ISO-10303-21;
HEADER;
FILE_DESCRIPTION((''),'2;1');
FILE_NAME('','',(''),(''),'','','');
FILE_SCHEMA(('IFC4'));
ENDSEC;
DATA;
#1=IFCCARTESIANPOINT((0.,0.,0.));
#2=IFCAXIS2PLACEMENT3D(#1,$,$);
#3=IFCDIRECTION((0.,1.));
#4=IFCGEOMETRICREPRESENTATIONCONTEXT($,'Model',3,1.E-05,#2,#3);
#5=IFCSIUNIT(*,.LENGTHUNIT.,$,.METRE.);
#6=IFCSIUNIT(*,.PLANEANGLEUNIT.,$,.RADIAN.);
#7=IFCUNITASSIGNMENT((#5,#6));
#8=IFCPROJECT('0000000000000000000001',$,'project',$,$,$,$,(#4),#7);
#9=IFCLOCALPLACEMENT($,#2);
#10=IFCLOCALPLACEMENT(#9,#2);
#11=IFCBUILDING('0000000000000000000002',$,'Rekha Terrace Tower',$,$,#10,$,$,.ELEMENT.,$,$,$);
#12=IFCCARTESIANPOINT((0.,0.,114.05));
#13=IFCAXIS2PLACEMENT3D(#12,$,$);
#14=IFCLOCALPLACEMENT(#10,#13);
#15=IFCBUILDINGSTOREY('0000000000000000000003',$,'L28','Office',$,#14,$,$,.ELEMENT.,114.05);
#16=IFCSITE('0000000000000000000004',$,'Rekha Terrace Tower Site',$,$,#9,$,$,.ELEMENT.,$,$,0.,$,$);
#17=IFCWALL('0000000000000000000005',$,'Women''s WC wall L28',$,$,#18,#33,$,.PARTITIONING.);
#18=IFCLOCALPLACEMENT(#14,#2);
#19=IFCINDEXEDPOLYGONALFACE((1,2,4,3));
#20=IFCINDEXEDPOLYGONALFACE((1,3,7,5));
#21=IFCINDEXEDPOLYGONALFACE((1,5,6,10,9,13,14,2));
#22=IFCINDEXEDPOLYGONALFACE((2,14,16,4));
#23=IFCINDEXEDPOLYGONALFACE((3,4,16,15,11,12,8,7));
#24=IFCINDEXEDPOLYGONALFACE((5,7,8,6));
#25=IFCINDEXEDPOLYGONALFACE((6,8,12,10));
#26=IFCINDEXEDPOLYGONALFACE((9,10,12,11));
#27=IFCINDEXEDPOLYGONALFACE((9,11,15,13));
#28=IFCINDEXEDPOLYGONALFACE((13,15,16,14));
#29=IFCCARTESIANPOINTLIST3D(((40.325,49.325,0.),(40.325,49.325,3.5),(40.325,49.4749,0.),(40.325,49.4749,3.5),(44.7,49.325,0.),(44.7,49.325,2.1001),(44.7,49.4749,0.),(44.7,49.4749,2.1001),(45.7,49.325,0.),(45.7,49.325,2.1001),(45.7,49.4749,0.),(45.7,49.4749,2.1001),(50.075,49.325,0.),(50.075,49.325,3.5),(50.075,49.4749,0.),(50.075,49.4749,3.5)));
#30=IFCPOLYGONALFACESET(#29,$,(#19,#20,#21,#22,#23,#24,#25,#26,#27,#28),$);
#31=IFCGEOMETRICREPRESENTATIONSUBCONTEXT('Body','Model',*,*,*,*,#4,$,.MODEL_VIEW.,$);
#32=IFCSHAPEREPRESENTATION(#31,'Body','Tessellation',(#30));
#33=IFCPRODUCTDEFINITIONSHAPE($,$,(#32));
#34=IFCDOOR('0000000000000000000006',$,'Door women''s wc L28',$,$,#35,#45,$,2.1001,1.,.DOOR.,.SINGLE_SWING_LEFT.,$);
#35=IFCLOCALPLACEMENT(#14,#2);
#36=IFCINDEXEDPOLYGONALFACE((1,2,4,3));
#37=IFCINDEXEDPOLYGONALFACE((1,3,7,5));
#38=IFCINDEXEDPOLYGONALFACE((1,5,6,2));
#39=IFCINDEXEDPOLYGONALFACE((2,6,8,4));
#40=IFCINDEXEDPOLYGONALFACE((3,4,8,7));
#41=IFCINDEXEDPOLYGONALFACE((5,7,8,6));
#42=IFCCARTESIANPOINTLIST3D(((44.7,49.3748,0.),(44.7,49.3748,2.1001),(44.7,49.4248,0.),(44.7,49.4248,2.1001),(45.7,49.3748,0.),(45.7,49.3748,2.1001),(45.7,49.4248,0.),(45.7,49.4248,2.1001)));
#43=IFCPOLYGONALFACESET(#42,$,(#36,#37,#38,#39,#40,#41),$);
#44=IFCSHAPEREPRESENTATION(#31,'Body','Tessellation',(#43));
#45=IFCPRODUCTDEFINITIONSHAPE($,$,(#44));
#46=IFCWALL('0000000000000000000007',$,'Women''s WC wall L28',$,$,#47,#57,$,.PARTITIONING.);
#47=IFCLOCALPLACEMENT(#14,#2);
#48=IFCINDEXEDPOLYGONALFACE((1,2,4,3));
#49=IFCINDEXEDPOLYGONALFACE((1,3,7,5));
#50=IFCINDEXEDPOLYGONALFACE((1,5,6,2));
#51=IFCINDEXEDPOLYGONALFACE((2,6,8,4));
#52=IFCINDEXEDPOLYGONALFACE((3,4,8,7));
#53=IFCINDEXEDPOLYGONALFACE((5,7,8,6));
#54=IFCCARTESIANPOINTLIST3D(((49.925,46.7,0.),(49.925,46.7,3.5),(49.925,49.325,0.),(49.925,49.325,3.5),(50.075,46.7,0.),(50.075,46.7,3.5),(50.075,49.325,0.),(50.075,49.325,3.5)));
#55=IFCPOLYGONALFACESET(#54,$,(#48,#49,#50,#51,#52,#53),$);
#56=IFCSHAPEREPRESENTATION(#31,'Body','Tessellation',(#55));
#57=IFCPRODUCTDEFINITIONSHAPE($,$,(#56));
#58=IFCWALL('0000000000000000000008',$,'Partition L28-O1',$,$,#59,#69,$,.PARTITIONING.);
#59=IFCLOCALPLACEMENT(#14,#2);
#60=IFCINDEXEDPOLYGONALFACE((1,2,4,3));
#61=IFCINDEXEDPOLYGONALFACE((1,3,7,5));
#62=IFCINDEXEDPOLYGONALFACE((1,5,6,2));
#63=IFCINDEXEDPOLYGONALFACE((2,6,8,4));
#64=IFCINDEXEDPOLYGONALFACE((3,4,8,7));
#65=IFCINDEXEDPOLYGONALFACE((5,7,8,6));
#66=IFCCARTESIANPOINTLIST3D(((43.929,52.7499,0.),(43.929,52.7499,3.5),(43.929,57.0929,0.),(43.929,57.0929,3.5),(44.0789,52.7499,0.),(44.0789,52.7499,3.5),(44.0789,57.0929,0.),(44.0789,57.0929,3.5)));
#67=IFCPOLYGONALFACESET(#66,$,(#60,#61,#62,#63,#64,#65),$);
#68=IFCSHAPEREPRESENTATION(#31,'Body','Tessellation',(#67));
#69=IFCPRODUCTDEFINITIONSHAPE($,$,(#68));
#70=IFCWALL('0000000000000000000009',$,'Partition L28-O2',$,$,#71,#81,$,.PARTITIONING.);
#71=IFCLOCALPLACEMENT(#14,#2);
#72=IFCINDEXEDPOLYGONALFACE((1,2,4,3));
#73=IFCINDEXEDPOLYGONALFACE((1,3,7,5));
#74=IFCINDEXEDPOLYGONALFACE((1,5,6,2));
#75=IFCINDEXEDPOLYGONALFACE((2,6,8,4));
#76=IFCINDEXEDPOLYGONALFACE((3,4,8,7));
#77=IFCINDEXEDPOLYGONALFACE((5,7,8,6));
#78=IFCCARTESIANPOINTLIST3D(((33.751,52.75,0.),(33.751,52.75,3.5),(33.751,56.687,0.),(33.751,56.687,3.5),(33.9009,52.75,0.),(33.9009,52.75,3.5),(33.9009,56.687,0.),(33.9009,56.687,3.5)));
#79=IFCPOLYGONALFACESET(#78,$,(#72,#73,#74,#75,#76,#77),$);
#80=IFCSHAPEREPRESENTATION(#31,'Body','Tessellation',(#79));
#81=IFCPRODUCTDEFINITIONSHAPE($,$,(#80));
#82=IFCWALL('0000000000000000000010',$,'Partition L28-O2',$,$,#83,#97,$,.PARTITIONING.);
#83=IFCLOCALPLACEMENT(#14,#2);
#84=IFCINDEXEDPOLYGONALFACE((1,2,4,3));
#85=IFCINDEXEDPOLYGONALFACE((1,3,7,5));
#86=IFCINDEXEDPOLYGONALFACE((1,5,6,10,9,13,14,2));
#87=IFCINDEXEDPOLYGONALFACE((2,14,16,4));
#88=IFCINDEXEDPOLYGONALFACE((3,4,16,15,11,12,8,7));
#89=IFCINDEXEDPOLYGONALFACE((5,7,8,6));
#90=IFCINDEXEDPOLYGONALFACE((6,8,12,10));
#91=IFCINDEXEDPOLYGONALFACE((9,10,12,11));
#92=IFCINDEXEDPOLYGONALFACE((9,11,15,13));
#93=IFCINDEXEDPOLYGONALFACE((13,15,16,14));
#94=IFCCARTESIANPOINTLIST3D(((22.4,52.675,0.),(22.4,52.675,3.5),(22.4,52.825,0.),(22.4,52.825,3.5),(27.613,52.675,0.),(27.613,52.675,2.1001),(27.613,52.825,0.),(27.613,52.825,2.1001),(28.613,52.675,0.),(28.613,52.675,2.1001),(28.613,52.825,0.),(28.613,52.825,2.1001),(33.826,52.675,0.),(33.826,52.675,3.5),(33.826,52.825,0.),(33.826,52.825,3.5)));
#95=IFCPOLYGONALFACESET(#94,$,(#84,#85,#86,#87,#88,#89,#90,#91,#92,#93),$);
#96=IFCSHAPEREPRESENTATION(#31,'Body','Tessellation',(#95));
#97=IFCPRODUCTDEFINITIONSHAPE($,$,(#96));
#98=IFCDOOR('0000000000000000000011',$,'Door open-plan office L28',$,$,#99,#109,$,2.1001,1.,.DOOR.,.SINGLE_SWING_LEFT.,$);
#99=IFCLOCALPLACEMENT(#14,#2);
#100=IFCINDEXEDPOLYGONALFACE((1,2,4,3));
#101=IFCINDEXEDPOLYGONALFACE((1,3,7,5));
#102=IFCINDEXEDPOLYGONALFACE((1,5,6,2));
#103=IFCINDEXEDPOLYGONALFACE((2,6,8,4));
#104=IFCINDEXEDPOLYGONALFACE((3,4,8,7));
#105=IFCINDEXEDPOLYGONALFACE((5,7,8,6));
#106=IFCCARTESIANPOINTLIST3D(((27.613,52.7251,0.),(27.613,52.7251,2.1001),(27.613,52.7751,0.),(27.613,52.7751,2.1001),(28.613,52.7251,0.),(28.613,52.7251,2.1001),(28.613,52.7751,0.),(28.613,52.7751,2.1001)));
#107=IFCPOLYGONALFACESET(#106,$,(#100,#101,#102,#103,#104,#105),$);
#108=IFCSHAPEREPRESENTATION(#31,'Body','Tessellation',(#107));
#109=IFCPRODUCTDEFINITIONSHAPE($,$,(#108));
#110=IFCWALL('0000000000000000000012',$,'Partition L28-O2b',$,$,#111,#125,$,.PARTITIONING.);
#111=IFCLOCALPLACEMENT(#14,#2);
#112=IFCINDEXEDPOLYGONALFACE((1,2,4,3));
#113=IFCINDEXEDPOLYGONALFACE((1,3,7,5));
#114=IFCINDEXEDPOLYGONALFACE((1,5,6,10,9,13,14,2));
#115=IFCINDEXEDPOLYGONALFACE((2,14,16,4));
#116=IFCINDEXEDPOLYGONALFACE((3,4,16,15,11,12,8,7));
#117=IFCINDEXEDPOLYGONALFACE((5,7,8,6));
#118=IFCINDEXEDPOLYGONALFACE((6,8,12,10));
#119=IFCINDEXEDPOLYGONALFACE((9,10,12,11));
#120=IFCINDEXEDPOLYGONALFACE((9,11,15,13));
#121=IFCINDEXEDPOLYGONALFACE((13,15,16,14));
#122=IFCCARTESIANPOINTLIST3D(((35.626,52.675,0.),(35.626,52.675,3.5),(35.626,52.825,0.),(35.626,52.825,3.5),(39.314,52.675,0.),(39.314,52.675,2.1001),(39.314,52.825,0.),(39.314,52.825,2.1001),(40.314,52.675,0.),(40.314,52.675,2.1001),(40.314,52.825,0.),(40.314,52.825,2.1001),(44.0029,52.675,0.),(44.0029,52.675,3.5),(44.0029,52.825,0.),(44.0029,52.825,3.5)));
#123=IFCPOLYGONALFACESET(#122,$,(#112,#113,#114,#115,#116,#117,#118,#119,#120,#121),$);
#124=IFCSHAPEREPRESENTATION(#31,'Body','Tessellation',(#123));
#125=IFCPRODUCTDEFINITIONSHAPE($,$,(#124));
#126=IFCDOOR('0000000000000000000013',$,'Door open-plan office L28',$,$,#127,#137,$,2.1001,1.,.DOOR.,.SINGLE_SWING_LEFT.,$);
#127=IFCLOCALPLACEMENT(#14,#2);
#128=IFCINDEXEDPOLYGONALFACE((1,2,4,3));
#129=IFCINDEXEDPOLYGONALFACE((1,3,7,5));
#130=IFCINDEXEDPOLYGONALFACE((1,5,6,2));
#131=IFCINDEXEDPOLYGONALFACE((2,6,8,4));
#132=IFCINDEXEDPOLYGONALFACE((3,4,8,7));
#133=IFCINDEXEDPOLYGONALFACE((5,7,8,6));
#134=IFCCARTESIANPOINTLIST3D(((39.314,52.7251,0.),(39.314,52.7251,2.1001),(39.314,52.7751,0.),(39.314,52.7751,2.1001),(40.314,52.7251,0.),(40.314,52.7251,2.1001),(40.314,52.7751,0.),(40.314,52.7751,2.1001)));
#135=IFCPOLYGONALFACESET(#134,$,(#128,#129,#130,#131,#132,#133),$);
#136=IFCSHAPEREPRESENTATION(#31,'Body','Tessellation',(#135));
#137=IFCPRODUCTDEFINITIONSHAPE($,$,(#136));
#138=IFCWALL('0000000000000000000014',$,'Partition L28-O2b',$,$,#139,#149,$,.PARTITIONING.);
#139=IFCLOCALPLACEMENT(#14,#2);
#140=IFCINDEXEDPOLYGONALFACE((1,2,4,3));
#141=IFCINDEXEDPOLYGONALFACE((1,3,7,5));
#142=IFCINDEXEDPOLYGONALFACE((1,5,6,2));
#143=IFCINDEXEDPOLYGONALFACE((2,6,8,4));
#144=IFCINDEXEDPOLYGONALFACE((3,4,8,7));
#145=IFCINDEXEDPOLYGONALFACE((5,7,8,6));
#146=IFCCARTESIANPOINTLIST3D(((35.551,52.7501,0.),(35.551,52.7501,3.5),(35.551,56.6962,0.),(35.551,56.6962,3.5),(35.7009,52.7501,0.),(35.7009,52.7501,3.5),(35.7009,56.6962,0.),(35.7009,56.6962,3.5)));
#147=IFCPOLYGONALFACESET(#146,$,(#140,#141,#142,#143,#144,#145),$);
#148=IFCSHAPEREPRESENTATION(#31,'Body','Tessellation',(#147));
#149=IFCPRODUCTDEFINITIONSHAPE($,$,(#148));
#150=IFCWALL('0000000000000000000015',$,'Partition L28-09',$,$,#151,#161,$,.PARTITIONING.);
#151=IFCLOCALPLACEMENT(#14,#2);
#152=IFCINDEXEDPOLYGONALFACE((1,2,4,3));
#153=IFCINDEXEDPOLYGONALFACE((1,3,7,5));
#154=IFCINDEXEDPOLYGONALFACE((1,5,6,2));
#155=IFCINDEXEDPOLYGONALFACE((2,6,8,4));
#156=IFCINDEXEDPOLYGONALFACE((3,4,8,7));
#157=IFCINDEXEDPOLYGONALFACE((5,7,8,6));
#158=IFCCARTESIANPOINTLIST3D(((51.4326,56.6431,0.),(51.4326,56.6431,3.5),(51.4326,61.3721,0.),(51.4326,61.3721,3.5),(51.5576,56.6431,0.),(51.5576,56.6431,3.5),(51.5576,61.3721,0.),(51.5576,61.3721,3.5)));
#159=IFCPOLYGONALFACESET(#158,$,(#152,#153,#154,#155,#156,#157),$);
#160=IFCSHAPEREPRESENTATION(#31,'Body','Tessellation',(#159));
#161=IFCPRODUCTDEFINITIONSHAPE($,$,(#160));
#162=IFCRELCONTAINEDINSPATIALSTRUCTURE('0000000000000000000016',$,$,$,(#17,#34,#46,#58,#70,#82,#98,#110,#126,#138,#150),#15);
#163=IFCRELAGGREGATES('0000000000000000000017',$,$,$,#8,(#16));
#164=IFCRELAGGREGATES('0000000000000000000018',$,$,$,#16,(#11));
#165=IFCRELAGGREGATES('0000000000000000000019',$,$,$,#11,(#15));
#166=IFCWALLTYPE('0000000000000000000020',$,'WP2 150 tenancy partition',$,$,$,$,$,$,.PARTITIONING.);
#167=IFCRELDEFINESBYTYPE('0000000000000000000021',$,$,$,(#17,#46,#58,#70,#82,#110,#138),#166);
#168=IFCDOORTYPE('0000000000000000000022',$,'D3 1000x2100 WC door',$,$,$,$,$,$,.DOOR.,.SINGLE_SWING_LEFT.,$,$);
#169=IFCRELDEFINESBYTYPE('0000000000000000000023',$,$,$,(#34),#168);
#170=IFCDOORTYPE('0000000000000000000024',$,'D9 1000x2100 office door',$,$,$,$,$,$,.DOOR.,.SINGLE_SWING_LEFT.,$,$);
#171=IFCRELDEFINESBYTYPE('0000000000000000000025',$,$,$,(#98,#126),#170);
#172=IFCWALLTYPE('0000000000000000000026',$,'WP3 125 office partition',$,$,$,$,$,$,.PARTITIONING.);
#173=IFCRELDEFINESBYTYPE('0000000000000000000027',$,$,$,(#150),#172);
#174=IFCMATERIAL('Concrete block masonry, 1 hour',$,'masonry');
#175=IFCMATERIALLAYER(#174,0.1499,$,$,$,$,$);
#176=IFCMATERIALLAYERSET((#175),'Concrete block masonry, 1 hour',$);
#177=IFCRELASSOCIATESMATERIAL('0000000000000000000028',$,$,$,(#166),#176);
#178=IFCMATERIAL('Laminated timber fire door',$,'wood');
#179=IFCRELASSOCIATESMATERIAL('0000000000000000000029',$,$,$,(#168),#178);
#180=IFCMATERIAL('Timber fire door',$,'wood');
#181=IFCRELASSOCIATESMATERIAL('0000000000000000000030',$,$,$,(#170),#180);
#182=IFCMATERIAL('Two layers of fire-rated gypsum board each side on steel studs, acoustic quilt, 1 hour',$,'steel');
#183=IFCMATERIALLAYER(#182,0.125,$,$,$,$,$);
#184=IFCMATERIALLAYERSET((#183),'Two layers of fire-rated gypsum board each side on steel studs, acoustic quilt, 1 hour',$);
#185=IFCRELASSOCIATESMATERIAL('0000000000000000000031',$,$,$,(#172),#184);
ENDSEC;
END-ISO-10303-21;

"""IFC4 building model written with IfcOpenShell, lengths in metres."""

from ifc_helpers import new_model, si_unit, direction, frame, frame_2d, origin, place, context, subcontext, project, spatial, rectangle, extrude, material, layer, layer_set, type_object, element, fill, save


model = new_model("IFC4")

# Units and contexts
model_context = context("Model", 3, precision=1e-05, world=origin(), true_north=direction((0.0, 1.0)))
body_context = subcontext(model_context, "Body", "Model", "MODEL_VIEW")
ifc_project = project(units=[si_unit("LENGTHUNIT", "METRE"), si_unit("PLANEANGLEUNIT", "RADIAN")], contexts=[model_context])

# Site, building, storey
site_placement = place(None, origin())
site = spatial("IfcSite", under=ifc_project, at=site_placement, Name="Rekha Terrace Tower Site", CompositionType="ELEMENT", RefElevation=0.0)
building_placement = place(site_placement, origin())
building = spatial("IfcBuilding", under=site, at=building_placement, Name="Rekha Terrace Tower", CompositionType="ELEMENT")
storey_placement = place(building_placement, frame((0.0, 0.0, 114.05)))
storey = spatial("IfcBuildingStorey", under=building, at=storey_placement, Name="L28", Description="Office", CompositionType="ELEMENT", Elevation=114.05)

# Wall, opening, door
ifc_material_1 = material(Name="Concrete block masonry, 1 hour", Category="masonry")
ifc_layer_1 = layer(ifc_material_1, 0.1499)
ifc_layer_set_1 = layer_set([ifc_layer_1], Name="Concrete block masonry, 1 hour")
wall_type_1 = type_object("IfcWallType", Name="WP2 150 tenancy partition", PredefinedType="PARTITIONING", material=ifc_layer_set_1)
wall_1_placement = place(storey_placement, frame((40.325, 49.3999, 0.0), z_axis=(0.0, 0.0, 1.0), x_axis=(1.0, 0.0, 0.0)))
wall_1 = element("IfcWall", 1, at=wall_1_placement, inside=storey, type_object=wall_type_1, Name="Women's WC wall L28", PredefinedType="PARTITIONING", context=body_context, shape_type="SweptSolid", body=[
    extrude(rectangle(XDim=9.75, YDim=0.1499, at=frame_2d((4.875, 0.0))), origin(), (0.0, 0.0, 1.0), 3.5),
])
opening_1_placement = place(wall_1_placement, frame((4.375, 0.0, 0.0)))
opening_1 = element("IfcOpeningElement", 2, at=opening_1_placement, cuts=wall_1, PredefinedType="OPENING", context=body_context, shape_type="SweptSolid", body=[
    extrude(rectangle(XDim=1.0, YDim=2.1001, at=frame_2d((0.5, 1.05))), frame((0.0, 0.085, 0.0), z_axis=(0.0, -1.0, 0.0), x_axis=(1.0, 0.0, 0.0)), (0.0, 0.0, 1.0), 0.1699),
])
ifc_material_2 = material(Name="Laminated timber fire door", Category="wood")
door_type_1 = type_object("IfcDoorType", Name="D3 1000x2100 WC door", OperationType="SINGLE_SWING_LEFT", PredefinedType="DOOR", material=ifc_material_2)
door_1_placement = place(opening_1_placement, origin())
door_1 = element("IfcDoor", 3, at=door_1_placement, inside=storey, type_object=door_type_1, Name="Door women's wc L28", OperationType="SINGLE_SWING_LEFT", OverallHeight=2.1001, OverallWidth=1.0, PredefinedType="DOOR", context=body_context, shape_type="SweptSolid", body=[
    extrude(rectangle(XDim=1.0, YDim=2.1001, at=frame_2d((0.5, 1.05))), frame((0.0, 0.0249, 0.0), z_axis=(0.0, -1.0, 0.0), x_axis=(1.0, 0.0, 0.0)), (0.0, 0.0, 1.0), 0.05),
])
fill(opening_1, door_1)

# Walls
wall_2_placement = place(storey_placement, frame((50.0, 46.7, 0.0), z_axis=(0.0, 0.0, 1.0), x_axis=(0.0, 1.0, 0.0)))
element("IfcWall", 4, at=wall_2_placement, inside=storey, type_object=wall_type_1, Name="Women's WC wall L28", PredefinedType="PARTITIONING", context=body_context, shape_type="SweptSolid", body=[
    extrude(rectangle(XDim=2.625, YDim=0.1499, at=frame_2d((1.3125, 0.0))), origin(), (0.0, 0.0, 1.0), 3.5),
])
wall_3_placement = place(storey_placement, frame((44.0039, 52.75, 0.0), z_axis=(0.0, 0.0, 1.0), x_axis=(0.0, 1.0, 0.0)))
element("IfcWall", 5, at=wall_3_placement, inside=storey, type_object=wall_type_1, Name="Partition L28-O1", PredefinedType="PARTITIONING", context=body_context, shape_type="SweptSolid", body=[
    extrude(rectangle(XDim=4.343, YDim=0.1499, at=frame_2d((2.1714, 0.0))), origin(), (0.0, 0.0, 1.0), 3.5),
])
wall_4_placement = place(storey_placement, frame((33.8259, 56.687, 0.0), z_axis=(0.0, 0.0, 1.0), x_axis=(0.0, -1.0, 0.0)))
element("IfcWall", 6, at=wall_4_placement, inside=storey, type_object=wall_type_1, Name="Partition L28-O2", PredefinedType="PARTITIONING", context=body_context, shape_type="SweptSolid", body=[
    extrude(rectangle(XDim=3.937, YDim=0.1499, at=frame_2d((1.9685, 0.0))), origin(), (0.0, 0.0, 1.0), 3.5),
])

# Walls, openings, doors
wall_5_placement = place(storey_placement, frame((33.8259, 52.75, 0.0), z_axis=(0.0, 0.0, 1.0), x_axis=(-1.0, 0.0, 0.0)))
wall_5 = element("IfcWall", 7, at=wall_5_placement, inside=storey, type_object=wall_type_1, Name="Partition L28-O2", PredefinedType="PARTITIONING", context=body_context, shape_type="SweptSolid", body=[
    extrude(rectangle(XDim=11.426, YDim=0.1499, at=frame_2d((5.7129, 0.0))), origin(), (0.0, 0.0, 1.0), 3.5),
])
opening_2_placement = place(wall_5_placement, frame((5.2129, 0.0, 0.0)))
opening_2 = element("IfcOpeningElement", 8, at=opening_2_placement, cuts=wall_5, PredefinedType="OPENING", context=body_context, shape_type="SweptSolid", body=[
    extrude(rectangle(XDim=1.0, YDim=2.1001, at=frame_2d((0.5, 1.05))), frame((0.0, 0.085, 0.0), z_axis=(0.0, -1.0, 0.0), x_axis=(1.0, 0.0, 0.0)), (0.0, 0.0, 1.0), 0.1699),
])
ifc_material_3 = material(Name="Timber fire door", Category="wood")
door_type_2 = type_object("IfcDoorType", Name="D9 1000x2100 office door", OperationType="SINGLE_SWING_LEFT", PredefinedType="DOOR", material=ifc_material_3)
door_2_placement = place(opening_2_placement, origin())
door_2 = element("IfcDoor", 9, at=door_2_placement, inside=storey, type_object=door_type_2, Name="Door open-plan office L28", OperationType="SINGLE_SWING_LEFT", OverallHeight=2.1001, OverallWidth=1.0, PredefinedType="DOOR", context=body_context, shape_type="SweptSolid", body=[
    extrude(rectangle(XDim=1.0, YDim=2.1001, at=frame_2d((0.5, 1.05))), frame((0.0, 0.0249, 0.0), z_axis=(0.0, -1.0, 0.0), x_axis=(1.0, 0.0, 0.0)), (0.0, 0.0, 1.0), 0.05),
])
fill(opening_2, door_2)
wall_6_placement = place(storey_placement, frame((44.0029, 52.75, 0.0), z_axis=(0.0, 0.0, 1.0), x_axis=(-1.0, 0.0, 0.0)))
wall_6 = element("IfcWall", 10, at=wall_6_placement, inside=storey, type_object=wall_type_1, Name="Partition L28-O2b", PredefinedType="PARTITIONING", context=body_context, shape_type="SweptSolid", body=[
    extrude(rectangle(XDim=8.377, YDim=0.1499, at=frame_2d((4.1885, 0.0))), origin(), (0.0, 0.0, 1.0), 3.5),
])
opening_3_placement = place(wall_6_placement, frame((3.689, 0.0, 0.0)))
opening_3 = element("IfcOpeningElement", 11, at=opening_3_placement, cuts=wall_6, PredefinedType="OPENING", context=body_context, shape_type="SweptSolid", body=[
    extrude(rectangle(XDim=1.0, YDim=2.1001, at=frame_2d((0.5, 1.05))), frame((0.0, 0.085, 0.0), z_axis=(0.0, -1.0, 0.0), x_axis=(1.0, 0.0, 0.0)), (0.0, 0.0, 1.0), 0.1699),
])
door_3_placement = place(opening_3_placement, origin())
door_3 = element("IfcDoor", 12, at=door_3_placement, inside=storey, type_object=door_type_2, Name="Door open-plan office L28", OperationType="SINGLE_SWING_LEFT", OverallHeight=2.1001, OverallWidth=1.0, PredefinedType="DOOR", context=body_context, shape_type="SweptSolid", body=[
    extrude(rectangle(XDim=1.0, YDim=2.1001, at=frame_2d((0.5, 1.05))), frame((0.0, 0.0249, 0.0), z_axis=(0.0, -1.0, 0.0), x_axis=(1.0, 0.0, 0.0)), (0.0, 0.0, 1.0), 0.05),
])
fill(opening_3, door_3)

# Walls
wall_7_placement = place(storey_placement, frame((35.626, 52.75, 0.0), z_axis=(0.0, 0.0, 1.0), x_axis=(0.0, 1.0, 0.0)))
element("IfcWall", 13, at=wall_7_placement, inside=storey, type_object=wall_type_1, Name="Partition L28-O2b", PredefinedType="PARTITIONING", context=body_context, shape_type="SweptSolid", body=[
    extrude(rectangle(XDim=3.946, YDim=0.1499, at=frame_2d((1.9731, 0.0))), origin(), (0.0, 0.0, 1.0), 3.5),
])
ifc_material_4 = material(Name="Two layers of fire-rated gypsum board each side on steel studs, acoustic quilt, 1 hour", Category="steel")
ifc_layer_2 = layer(ifc_material_4, 0.125)
ifc_layer_set_2 = layer_set([ifc_layer_2], Name="Two layers of fire-rated gypsum board each side on steel studs, acoustic quilt, 1 hour")
wall_type_2 = type_object("IfcWallType", Name="WP3 125 office partition", PredefinedType="PARTITIONING", material=ifc_layer_set_2)
wall_8_placement = place(storey_placement, frame((51.4951, 56.6431, 0.0), z_axis=(0.0, 0.0, 1.0), x_axis=(0.0, 1.0, 0.0)))
element("IfcWall", 14, at=wall_8_placement, inside=storey, type_object=wall_type_2, Name="Partition L28-09", PredefinedType="PARTITIONING", context=body_context, shape_type="SweptSolid", body=[
    extrude(rectangle(XDim=4.729, YDim=0.125, at=frame_2d((2.3645, 0.0))), origin(), (0.0, 0.0, 1.0), 3.5),
])

save(model, "model.ifc")
